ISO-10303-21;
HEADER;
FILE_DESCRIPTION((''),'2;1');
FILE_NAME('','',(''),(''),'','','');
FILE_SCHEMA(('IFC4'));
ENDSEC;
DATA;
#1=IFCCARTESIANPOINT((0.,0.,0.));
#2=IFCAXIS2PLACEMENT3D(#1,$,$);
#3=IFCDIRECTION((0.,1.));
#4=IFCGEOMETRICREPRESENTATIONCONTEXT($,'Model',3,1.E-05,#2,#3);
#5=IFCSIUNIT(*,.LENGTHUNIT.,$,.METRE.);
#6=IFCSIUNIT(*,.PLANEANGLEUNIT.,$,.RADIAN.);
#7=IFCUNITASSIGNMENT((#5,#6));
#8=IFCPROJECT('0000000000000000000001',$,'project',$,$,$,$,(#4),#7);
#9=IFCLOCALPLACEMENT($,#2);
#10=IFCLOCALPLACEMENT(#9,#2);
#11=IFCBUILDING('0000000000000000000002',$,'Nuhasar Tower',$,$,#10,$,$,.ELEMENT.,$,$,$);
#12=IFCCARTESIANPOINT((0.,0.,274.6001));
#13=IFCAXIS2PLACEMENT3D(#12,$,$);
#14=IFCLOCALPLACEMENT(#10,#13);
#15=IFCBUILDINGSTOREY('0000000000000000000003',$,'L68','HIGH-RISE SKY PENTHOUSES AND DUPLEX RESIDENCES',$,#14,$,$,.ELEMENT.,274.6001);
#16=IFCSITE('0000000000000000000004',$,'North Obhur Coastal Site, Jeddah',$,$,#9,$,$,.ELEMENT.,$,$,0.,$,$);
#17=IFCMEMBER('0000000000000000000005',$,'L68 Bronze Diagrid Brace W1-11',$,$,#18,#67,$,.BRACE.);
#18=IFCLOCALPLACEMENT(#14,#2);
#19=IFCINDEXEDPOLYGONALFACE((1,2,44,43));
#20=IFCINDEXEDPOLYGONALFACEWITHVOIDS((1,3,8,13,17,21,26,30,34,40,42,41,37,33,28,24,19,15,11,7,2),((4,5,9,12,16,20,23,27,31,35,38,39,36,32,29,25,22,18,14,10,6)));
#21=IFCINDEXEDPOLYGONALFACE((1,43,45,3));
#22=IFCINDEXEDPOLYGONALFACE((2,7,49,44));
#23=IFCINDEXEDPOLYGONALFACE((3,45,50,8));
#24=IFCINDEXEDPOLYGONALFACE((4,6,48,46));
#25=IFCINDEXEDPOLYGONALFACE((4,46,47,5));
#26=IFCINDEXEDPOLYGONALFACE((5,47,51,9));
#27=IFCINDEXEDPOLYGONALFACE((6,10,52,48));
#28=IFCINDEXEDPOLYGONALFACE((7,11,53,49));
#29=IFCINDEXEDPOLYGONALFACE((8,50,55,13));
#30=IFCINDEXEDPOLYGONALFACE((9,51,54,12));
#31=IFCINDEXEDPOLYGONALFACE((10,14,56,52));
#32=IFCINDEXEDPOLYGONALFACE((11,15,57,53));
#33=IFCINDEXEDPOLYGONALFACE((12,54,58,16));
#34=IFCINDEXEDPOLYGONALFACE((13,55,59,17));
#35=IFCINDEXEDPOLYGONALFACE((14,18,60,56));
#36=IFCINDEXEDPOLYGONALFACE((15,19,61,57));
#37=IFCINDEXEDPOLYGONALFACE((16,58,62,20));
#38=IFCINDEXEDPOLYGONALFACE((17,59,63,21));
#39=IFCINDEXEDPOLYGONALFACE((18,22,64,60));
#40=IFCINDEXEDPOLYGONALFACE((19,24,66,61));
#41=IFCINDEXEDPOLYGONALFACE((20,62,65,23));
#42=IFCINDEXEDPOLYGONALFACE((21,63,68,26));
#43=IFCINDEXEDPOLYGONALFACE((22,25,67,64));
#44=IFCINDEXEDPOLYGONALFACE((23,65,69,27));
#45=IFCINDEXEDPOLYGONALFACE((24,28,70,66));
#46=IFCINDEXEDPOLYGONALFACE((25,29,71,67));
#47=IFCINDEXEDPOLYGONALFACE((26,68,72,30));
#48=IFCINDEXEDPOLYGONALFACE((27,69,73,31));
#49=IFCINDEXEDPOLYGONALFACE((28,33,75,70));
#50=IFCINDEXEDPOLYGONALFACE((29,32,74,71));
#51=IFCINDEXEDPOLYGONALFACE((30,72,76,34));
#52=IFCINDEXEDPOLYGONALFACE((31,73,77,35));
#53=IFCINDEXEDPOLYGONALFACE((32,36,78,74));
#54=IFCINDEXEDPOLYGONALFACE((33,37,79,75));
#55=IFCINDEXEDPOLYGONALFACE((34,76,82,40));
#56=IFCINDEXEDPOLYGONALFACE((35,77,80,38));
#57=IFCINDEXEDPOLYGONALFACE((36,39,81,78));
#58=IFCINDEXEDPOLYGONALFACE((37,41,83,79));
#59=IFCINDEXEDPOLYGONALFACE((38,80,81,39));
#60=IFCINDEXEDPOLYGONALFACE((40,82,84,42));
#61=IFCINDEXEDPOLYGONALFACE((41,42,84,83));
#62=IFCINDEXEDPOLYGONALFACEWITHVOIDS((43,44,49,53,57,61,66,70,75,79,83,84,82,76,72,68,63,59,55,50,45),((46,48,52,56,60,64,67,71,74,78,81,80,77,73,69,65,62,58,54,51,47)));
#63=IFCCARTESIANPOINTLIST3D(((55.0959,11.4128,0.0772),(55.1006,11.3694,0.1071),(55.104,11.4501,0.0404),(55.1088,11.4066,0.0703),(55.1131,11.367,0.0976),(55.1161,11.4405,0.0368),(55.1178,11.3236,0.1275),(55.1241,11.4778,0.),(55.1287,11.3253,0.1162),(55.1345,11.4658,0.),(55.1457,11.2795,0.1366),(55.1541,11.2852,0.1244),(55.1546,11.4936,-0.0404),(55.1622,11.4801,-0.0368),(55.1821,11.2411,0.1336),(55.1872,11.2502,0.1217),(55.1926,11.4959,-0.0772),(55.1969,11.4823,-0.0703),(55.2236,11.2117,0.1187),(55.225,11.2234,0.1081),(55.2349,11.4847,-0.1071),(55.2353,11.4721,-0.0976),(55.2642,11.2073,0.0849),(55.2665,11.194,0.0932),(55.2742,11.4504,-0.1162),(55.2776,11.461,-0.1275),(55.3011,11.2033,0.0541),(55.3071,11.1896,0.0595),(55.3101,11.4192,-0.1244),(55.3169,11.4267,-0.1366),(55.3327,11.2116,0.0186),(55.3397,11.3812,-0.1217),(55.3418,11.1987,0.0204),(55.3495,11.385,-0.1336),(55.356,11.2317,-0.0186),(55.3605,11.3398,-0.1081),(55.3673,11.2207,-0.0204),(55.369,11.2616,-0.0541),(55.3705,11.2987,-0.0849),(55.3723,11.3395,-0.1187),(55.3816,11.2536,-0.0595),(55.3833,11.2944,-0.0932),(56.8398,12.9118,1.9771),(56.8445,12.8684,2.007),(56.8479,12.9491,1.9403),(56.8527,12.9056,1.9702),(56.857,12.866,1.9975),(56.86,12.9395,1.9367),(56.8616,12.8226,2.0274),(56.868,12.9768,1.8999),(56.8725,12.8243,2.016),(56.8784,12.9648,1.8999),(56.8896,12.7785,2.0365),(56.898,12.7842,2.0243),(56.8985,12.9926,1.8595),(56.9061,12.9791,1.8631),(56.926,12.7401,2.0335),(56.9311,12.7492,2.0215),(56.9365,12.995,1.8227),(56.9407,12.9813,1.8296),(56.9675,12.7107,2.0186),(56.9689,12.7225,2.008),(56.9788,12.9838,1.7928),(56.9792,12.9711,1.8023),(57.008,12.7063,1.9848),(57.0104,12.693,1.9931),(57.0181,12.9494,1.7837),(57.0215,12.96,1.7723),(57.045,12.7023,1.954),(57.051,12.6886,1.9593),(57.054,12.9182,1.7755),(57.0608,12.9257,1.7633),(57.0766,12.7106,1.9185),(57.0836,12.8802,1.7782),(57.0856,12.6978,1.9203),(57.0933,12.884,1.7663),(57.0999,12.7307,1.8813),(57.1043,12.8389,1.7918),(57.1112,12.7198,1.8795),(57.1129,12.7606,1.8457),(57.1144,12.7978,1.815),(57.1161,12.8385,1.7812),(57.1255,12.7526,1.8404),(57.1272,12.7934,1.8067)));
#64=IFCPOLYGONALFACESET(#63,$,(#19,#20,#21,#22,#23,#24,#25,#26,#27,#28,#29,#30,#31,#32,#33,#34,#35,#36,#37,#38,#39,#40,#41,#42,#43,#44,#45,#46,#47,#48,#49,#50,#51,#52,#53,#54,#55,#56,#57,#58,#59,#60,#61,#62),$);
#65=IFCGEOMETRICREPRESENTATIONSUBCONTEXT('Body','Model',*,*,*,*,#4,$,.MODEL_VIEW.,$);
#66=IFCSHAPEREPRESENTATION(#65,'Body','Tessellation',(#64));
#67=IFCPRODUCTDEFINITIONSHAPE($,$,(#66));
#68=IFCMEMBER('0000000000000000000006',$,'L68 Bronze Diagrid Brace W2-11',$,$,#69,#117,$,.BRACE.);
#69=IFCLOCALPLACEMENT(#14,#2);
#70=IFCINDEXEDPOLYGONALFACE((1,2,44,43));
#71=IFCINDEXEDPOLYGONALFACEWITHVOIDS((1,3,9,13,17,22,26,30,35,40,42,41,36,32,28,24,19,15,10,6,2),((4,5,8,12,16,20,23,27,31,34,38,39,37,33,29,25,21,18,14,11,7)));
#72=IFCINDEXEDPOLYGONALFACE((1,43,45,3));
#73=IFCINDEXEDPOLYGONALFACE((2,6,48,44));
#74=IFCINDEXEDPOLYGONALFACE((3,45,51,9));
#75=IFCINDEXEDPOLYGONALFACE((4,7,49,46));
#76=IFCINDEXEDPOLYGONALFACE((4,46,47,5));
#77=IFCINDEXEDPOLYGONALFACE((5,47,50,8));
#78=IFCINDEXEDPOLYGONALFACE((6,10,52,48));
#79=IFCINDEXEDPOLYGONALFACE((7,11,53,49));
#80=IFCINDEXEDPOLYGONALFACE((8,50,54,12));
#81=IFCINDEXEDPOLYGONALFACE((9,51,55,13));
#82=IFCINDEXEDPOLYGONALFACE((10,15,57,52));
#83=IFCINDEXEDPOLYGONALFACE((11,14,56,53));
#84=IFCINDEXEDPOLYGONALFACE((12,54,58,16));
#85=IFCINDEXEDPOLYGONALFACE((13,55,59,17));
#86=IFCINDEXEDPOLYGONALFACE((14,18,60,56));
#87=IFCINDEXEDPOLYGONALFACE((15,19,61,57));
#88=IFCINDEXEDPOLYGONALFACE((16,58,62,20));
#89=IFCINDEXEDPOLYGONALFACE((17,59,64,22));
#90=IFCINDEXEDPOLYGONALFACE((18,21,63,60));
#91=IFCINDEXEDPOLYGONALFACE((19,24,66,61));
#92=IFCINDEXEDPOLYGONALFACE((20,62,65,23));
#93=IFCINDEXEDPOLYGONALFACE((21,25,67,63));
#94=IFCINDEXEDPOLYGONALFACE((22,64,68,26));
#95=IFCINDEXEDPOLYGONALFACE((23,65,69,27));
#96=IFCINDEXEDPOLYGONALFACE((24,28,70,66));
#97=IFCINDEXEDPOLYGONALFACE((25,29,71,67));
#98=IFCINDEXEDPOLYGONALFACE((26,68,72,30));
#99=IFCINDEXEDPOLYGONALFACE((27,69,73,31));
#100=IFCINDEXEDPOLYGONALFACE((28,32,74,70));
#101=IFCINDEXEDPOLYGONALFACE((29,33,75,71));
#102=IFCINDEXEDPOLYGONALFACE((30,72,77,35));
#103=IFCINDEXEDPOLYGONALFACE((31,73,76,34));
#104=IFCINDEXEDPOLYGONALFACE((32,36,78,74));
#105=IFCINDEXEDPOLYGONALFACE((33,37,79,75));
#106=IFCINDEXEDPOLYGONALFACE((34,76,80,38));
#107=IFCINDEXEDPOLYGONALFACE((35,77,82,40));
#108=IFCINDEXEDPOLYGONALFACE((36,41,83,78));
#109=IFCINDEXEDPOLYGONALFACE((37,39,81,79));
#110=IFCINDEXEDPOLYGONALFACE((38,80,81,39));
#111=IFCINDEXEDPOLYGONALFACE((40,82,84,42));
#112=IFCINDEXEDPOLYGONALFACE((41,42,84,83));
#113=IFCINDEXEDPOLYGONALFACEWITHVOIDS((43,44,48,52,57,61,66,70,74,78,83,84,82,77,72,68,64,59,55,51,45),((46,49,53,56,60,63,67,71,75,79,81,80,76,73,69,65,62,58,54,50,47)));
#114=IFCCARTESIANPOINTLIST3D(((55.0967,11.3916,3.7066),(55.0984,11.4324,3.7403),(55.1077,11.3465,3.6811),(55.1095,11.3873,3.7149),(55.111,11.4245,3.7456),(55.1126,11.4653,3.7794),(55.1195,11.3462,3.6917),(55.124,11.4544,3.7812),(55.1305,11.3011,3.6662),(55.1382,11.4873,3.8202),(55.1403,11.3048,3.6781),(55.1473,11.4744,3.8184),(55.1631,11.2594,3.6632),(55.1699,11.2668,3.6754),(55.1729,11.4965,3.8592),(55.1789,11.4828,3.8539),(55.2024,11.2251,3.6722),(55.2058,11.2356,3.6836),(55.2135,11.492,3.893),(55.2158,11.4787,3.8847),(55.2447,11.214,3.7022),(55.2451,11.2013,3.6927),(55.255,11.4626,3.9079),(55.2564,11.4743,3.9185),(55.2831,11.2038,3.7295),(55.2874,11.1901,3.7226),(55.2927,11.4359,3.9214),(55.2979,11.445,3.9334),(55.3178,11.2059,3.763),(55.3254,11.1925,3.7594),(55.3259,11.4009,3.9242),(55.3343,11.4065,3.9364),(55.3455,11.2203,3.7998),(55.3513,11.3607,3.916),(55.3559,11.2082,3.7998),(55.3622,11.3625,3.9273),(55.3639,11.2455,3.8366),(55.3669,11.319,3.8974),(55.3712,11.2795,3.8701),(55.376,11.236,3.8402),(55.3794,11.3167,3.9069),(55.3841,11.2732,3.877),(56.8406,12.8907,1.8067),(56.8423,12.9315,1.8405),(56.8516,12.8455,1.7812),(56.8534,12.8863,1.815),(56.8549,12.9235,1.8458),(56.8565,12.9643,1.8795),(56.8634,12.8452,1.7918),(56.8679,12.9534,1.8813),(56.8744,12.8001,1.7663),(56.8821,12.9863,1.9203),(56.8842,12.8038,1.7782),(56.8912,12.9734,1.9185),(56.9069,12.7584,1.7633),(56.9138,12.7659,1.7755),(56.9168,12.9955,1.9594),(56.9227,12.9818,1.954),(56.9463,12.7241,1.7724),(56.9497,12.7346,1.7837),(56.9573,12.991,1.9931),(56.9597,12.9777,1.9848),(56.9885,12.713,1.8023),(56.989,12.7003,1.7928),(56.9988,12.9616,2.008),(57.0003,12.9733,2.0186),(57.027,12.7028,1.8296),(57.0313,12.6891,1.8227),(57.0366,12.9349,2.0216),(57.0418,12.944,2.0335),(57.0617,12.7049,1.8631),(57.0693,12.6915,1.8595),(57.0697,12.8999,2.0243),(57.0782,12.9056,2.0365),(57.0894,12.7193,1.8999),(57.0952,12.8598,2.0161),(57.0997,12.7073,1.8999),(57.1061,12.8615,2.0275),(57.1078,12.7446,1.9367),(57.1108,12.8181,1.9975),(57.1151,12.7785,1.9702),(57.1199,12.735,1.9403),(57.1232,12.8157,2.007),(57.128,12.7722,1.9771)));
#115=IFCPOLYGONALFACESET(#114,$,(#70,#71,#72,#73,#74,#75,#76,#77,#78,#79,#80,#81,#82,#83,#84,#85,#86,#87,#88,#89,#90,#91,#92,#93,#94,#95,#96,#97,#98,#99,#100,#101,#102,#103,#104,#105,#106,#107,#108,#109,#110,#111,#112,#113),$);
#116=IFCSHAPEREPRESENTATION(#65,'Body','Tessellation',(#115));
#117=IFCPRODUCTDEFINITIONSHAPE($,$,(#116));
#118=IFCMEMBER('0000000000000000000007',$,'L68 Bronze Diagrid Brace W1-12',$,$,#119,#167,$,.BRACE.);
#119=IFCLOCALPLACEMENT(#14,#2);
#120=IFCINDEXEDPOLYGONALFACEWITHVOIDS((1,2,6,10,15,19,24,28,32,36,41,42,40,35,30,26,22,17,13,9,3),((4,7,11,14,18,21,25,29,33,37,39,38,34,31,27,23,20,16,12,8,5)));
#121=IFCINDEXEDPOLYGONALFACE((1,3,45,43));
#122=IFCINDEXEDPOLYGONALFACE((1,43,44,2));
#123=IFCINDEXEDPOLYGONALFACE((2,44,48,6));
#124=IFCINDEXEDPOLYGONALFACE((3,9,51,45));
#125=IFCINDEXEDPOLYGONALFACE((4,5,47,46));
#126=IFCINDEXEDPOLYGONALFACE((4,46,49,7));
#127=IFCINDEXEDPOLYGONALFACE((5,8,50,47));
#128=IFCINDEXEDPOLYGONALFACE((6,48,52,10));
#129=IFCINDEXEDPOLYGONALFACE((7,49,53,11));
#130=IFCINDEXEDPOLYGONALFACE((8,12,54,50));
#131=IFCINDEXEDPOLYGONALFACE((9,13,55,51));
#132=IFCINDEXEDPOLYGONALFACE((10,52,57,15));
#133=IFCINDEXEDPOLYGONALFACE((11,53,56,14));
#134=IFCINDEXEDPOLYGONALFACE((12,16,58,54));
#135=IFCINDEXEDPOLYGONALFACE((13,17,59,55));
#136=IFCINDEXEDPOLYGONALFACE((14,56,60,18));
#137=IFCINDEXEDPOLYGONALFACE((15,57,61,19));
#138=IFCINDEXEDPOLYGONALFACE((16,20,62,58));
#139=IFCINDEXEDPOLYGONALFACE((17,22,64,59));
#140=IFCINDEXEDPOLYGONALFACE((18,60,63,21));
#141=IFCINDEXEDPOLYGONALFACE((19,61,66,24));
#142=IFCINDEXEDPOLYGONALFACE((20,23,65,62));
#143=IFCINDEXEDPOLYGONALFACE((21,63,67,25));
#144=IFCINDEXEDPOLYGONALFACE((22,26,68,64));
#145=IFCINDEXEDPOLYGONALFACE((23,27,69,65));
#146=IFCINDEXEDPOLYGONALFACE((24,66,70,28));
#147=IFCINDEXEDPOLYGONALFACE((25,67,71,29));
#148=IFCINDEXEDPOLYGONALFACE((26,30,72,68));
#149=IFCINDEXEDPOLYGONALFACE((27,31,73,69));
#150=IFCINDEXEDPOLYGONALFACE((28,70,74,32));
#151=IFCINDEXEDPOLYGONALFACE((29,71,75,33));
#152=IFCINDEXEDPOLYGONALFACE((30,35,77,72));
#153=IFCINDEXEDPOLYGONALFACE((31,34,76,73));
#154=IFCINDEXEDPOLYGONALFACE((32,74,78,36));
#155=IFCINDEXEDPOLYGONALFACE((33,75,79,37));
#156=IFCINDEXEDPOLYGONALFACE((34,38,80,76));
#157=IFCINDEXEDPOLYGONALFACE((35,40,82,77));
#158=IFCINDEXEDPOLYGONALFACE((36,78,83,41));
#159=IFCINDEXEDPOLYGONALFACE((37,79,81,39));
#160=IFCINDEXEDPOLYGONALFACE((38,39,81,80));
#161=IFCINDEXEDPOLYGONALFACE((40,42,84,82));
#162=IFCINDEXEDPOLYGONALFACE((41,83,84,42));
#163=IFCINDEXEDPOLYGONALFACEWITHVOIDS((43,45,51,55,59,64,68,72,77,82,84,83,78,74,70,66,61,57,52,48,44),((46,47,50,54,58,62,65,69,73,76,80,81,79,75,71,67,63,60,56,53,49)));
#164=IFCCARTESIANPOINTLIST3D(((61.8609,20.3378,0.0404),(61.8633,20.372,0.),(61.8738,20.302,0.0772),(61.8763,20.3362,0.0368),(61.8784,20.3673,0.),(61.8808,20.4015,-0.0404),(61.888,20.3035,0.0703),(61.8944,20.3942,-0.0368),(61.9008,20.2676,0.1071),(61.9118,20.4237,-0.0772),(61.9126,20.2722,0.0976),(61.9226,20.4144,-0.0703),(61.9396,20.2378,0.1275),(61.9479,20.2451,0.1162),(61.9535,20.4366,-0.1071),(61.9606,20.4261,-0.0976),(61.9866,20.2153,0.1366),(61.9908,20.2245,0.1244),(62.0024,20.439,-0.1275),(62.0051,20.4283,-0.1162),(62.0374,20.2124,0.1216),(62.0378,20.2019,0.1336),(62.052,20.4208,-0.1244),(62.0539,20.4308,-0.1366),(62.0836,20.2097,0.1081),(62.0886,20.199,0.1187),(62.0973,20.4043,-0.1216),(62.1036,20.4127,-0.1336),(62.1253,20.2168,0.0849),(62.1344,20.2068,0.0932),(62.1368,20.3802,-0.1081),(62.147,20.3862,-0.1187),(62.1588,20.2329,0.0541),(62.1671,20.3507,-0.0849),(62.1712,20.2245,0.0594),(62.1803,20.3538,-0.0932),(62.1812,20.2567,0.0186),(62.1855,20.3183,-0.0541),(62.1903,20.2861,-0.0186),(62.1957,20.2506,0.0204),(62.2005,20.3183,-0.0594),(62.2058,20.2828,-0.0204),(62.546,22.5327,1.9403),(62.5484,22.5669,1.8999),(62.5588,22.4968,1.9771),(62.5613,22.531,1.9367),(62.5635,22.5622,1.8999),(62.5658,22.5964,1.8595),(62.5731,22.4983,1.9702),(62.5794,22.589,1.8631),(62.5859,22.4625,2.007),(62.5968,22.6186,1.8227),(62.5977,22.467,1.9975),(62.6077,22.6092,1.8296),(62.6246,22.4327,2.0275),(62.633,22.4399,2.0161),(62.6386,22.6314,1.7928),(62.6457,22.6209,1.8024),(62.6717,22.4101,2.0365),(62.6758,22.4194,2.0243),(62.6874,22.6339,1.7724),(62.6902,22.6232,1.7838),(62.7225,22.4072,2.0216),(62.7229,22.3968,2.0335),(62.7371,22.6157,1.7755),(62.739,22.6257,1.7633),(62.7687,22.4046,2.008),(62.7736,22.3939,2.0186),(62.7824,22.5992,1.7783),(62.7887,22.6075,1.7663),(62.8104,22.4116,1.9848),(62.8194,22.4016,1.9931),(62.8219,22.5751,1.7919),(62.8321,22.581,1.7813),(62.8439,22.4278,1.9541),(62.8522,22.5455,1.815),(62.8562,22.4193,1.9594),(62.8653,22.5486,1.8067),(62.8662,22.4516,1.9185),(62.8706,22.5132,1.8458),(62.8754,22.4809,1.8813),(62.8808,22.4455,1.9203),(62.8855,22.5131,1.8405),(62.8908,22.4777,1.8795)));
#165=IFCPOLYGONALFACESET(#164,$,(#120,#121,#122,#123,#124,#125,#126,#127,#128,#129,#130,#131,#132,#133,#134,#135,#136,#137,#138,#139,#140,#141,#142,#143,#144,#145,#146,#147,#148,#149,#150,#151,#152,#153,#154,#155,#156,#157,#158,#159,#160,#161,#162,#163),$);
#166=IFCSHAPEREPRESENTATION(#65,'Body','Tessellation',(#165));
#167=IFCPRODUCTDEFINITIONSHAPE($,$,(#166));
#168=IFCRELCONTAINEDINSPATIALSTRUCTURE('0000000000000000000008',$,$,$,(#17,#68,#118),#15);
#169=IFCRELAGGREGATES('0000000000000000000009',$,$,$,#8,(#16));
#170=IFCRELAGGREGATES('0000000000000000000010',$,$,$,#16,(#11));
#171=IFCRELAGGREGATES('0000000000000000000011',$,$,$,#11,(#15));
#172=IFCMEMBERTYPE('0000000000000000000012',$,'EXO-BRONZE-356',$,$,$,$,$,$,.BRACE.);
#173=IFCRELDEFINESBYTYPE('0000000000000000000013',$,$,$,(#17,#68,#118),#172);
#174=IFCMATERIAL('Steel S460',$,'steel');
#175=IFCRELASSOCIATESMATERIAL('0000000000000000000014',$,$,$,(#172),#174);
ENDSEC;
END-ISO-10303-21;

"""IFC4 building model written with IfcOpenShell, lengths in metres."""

from ifc_helpers import new_model, si_unit, direction, frame, origin, origin_2d, place, context, subcontext, project, spatial, hollow_circle, extrude, material, material_profile, profile_set, type_object, element, save


model = new_model("IFC4")

# Units and contexts
model_context = context("Model", 3, precision=1e-05, world=origin(), true_north=direction((0.0, 1.0)))
body_context = subcontext(model_context, "Body", "Model", "MODEL_VIEW")
ifc_project = project(units=[si_unit("LENGTHUNIT", "METRE"), si_unit("PLANEANGLEUNIT", "RADIAN")], contexts=[model_context])

# Site, building, storey
site_placement = place(None, origin())
site = spatial("IfcSite", under=ifc_project, at=site_placement, Name="North Obhur Coastal Site, Jeddah", CompositionType="ELEMENT", RefElevation=0.0)
building_placement = place(site_placement, origin())
building = spatial("IfcBuilding", under=site, at=building_placement, Name="Nuhasar Tower", CompositionType="ELEMENT")
storey_placement = place(building_placement, frame((0.0, 0.0, 274.6001)))
storey = spatial("IfcBuildingStorey", under=building, at=storey_placement, Name="L68", Description="HIGH-RISE SKY PENTHOUSES AND DUPLEX RESIDENCES", CompositionType="ELEMENT", Elevation=274.6001)

# Members
ifc_material_1 = material(Name="Steel S460", Category="steel")
ifc_material_profile_1 = material_profile(ifc_material_1, hollow_circle(Radius=0.1777, WallThickness=0.0159, at=origin_2d()), Name="HSS355.6X15.9")
ifc_profile_set_1 = profile_set([ifc_material_profile_1], Name="Steel S460")
member_type_1 = type_object("IfcMemberType", Name="EXO-BRONZE-356", PredefinedType="BRACE", material=ifc_profile_set_1)
for number, where, z_axis, x_axis, name in (
    (1, (55.24, 11.343, 0.0), (0.584625, 0.502534, 0.636925), (-0.651857, 0.758342, 0.0), "L68 Bronze Diagrid Brace W1-11"),
    (2, (56.9839, 12.842, 1.8999), (-0.584625, -0.502534, 0.636925), (0.651857, -0.758342, 0.0), "L68 Bronze Diagrid Brace W2-11"),
):
    element("IfcMember", number, at=place(storey_placement, frame(where, z_axis=z_axis, x_axis=x_axis)), inside=storey, type_object=member_type_1, Name=name, PredefinedType="BRACE", context=body_context, shape_type="SweptSolid", body=[
        extrude(hollow_circle(Radius=0.1777, WallThickness=0.0159, at=origin_2d()), origin(), (0.0, 0.0, 1.0), 2.9829),
    ])
for number, where, z_axis, x_axis, name in (
    (3, (62.033, 20.3191, 0.0), (0.229681, 0.735864, 0.636985), (-0.954582, 0.297948, 0.0), "L68 Bronze Diagrid Brace W1-12"),
):
    element("IfcMember", number, at=place(storey_placement, frame(where, z_axis=z_axis, x_axis=x_axis)), inside=storey, type_object=member_type_1, Name=name, PredefinedType="BRACE", context=body_context, shape_type="SweptSolid", body=[
        extrude(hollow_circle(Radius=0.1777, WallThickness=0.0159, at=origin_2d()), origin(), (0.0, 0.0, 1.0), 2.9827),
    ])

save(model, "model.ifc")
